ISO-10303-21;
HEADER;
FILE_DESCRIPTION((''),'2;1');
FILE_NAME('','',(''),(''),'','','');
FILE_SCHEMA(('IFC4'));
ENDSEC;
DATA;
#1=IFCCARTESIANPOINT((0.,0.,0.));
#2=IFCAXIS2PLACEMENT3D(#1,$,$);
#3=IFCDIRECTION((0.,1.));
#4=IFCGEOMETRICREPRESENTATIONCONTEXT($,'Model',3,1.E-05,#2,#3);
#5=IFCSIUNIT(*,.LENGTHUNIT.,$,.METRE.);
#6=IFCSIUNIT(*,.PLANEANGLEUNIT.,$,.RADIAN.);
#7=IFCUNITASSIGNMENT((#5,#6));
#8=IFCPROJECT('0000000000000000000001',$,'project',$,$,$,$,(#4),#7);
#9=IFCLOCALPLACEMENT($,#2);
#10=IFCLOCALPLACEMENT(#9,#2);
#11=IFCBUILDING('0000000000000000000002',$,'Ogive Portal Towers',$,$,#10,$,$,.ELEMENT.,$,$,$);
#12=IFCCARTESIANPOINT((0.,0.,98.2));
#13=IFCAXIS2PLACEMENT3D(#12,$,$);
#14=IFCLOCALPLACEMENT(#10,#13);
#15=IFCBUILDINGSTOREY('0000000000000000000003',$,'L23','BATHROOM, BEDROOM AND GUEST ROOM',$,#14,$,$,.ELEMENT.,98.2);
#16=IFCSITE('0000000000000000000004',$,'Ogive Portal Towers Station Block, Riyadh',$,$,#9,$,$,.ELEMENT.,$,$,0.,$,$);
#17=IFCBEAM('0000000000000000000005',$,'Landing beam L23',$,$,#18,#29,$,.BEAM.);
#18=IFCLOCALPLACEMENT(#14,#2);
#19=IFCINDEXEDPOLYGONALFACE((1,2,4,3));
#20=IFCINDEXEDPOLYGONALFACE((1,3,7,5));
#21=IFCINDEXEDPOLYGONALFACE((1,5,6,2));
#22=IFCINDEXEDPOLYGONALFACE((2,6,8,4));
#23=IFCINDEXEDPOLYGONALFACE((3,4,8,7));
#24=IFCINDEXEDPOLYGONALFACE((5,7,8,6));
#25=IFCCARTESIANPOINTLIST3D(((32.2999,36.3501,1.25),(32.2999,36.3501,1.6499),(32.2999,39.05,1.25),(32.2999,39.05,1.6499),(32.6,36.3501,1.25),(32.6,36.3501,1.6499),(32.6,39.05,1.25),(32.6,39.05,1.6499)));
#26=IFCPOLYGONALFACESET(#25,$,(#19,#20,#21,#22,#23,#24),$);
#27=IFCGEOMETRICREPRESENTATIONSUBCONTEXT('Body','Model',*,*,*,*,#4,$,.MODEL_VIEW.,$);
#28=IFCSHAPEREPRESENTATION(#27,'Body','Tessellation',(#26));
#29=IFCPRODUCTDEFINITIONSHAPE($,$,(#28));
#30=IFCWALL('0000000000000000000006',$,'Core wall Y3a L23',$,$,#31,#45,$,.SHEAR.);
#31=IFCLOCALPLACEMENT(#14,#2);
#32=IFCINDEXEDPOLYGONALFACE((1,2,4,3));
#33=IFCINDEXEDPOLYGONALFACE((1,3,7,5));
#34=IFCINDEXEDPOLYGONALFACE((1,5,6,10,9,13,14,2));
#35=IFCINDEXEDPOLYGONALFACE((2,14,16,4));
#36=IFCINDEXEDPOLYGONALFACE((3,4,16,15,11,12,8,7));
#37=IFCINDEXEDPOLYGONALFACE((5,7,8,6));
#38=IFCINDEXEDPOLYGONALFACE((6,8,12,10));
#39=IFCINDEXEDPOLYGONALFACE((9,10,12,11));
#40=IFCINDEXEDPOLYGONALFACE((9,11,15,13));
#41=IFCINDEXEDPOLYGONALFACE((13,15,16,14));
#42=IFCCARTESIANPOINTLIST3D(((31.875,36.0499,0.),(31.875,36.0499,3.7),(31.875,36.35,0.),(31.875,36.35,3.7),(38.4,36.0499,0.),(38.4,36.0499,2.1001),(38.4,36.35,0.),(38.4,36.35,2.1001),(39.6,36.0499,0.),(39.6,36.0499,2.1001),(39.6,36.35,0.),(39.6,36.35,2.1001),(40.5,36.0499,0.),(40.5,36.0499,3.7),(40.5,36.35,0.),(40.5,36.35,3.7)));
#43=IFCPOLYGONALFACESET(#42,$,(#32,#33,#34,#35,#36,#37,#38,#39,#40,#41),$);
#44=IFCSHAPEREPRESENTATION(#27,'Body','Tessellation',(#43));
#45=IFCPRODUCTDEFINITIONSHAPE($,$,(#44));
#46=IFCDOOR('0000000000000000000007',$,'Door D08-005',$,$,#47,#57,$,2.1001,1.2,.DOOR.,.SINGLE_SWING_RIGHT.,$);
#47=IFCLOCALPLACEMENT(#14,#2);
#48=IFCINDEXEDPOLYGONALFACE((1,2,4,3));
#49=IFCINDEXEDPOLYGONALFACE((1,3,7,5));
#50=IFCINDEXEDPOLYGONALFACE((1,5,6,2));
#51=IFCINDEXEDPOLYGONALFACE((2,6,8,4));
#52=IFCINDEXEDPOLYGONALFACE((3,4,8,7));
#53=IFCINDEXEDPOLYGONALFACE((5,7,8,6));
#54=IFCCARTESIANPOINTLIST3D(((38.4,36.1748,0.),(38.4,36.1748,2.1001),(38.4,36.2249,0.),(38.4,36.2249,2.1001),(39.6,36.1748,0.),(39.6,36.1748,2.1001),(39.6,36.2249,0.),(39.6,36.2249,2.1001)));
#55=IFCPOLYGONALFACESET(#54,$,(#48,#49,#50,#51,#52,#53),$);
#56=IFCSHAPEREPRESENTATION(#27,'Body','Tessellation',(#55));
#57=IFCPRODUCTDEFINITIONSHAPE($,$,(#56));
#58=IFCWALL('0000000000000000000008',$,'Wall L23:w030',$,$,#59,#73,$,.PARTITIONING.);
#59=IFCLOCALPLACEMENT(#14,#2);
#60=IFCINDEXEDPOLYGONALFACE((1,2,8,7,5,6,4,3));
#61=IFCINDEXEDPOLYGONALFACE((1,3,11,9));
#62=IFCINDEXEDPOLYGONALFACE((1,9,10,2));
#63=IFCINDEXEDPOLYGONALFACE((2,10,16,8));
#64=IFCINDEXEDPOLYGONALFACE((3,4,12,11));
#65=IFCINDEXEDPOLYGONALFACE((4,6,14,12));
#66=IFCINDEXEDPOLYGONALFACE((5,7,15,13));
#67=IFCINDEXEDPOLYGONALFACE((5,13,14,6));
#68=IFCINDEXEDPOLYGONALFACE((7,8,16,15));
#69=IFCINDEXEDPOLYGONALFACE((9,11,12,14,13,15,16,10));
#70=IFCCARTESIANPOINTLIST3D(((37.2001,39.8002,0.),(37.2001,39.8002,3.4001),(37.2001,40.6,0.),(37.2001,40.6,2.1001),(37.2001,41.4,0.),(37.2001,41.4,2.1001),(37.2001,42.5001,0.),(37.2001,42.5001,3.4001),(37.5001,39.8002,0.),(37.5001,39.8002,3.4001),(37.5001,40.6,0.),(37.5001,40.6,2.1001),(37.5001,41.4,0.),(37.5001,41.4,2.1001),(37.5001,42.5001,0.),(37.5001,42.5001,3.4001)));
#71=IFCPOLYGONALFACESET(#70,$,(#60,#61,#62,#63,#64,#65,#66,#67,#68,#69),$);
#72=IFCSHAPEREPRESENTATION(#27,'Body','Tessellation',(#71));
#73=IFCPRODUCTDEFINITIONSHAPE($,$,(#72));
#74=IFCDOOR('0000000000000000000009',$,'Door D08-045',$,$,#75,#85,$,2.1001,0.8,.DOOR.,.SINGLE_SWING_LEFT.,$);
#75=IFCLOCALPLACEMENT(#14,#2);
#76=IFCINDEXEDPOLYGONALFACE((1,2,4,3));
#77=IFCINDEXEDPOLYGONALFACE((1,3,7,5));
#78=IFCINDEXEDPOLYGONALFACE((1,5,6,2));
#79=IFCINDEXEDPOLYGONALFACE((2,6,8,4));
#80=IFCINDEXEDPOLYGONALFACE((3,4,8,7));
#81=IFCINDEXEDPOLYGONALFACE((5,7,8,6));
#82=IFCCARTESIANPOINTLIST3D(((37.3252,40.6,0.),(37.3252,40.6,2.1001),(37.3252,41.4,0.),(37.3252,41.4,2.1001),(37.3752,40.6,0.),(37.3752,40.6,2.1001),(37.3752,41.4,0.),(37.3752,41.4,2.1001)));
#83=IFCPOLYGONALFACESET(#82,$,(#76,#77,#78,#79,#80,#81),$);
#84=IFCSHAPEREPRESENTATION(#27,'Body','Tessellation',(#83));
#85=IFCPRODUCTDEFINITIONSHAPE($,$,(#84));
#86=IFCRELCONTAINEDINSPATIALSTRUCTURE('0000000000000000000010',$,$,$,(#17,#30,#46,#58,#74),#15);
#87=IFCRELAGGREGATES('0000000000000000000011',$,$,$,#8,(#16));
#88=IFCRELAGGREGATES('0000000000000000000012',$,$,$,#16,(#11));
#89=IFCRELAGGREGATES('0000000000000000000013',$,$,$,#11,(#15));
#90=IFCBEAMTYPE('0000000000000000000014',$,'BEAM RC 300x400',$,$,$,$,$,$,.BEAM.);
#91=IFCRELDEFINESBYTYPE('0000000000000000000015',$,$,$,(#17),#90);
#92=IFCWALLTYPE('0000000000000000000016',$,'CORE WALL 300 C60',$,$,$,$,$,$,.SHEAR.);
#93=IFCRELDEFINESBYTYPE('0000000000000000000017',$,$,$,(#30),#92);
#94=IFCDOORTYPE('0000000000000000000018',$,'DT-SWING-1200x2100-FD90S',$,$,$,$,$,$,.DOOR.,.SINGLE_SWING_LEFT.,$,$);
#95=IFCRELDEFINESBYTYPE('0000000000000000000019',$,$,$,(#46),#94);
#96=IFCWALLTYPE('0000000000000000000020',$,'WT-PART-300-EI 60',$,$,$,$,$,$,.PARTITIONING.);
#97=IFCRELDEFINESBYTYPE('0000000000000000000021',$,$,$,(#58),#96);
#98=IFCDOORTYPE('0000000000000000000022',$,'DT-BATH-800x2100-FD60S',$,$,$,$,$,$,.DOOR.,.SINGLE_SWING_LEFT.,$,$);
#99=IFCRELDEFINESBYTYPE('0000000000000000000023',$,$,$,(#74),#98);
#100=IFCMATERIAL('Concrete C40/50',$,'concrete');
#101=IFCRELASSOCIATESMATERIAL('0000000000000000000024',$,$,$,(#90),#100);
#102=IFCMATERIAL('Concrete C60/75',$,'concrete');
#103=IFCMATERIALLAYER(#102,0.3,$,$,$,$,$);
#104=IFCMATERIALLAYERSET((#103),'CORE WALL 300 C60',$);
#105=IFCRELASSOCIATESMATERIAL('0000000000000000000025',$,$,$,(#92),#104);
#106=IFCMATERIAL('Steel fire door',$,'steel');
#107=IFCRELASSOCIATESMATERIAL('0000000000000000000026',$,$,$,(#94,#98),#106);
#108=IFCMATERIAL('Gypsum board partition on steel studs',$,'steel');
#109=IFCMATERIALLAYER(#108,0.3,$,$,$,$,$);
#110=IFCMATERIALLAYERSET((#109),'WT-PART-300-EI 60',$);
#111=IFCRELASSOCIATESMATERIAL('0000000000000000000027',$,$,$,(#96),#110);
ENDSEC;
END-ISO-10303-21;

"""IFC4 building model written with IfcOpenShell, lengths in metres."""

from ifc_helpers import new_model, si_unit, direction, frame, frame_2d, origin, origin_2d, place, context, subcontext, project, spatial, rectangle, extrude, material, layer, layer_set, material_profile, profile_set, type_object, element, fill, save


model = new_model("IFC4")

# Units and contexts
model_context = context("Model", 3, precision=1e-05, world=origin(), true_north=direction((0.0, 1.0)))
body_context = subcontext(model_context, "Body", "Model", "MODEL_VIEW")
ifc_project = project(units=[si_unit("LENGTHUNIT", "METRE"), si_unit("PLANEANGLEUNIT", "RADIAN")], contexts=[model_context])

# Site, building, storey
site_placement = place(None, origin())
site = spatial("IfcSite", under=ifc_project, at=site_placement, Name="Ogive Portal Towers Station Block, Riyadh", CompositionType="ELEMENT", RefElevation=0.0)
building_placement = place(site_placement, origin())
building = spatial("IfcBuilding", under=site, at=building_placement, Name="Ogive Portal Towers", CompositionType="ELEMENT")
storey_placement = place(building_placement, frame((0.0, 0.0, 98.2)))
storey = spatial("IfcBuildingStorey", under=building, at=storey_placement, Name="L23", Description="BATHROOM, BEDROOM AND GUEST ROOM", CompositionType="ELEMENT", Elevation=98.2)

# Beam
ifc_material_1 = material(Name="Concrete C40/50", Category="concrete")
ifc_material_profile = material_profile(ifc_material_1, rectangle(XDim=0.3, YDim=0.3999, at=origin_2d()), Name="RC 300x400")
ifc_profile_set = profile_set([ifc_material_profile], Name="Concrete C40/50")
beam_type = type_object("IfcBeamType", Name="BEAM RC 300x400", PredefinedType="BEAM", material=ifc_profile_set)
beam_placement = place(storey_placement, frame((32.45, 36.3501, 1.45), z_axis=(0.0, 1.0, 0.0), x_axis=(-1.0, 0.0, 0.0)))
element("IfcBeam", 1, at=beam_placement, inside=storey, type_object=beam_type, Name="Landing beam L23", PredefinedType="BEAM", context=body_context, shape_type="SweptSolid", body=[
    extrude(rectangle(XDim=0.3, YDim=0.3999, at=origin_2d()), origin(), (0.0, 0.0, 1.0), 2.7),
])

# Walls, openings, doors
ifc_material_2 = material(Name="Concrete C60/75", Category="concrete")
ifc_layer_1 = layer(ifc_material_2, 0.3)
ifc_layer_set_1 = layer_set([ifc_layer_1], Name="CORE WALL 300 C60")
wall_type_1 = type_object("IfcWallType", Name="CORE WALL 300 C60", PredefinedType="SHEAR", material=ifc_layer_set_1)
wall_1_placement = place(storey_placement, frame((31.875, 36.2, 0.0), z_axis=(0.0, 0.0, 1.0), x_axis=(1.0, 0.0, 0.0)))
wall_1 = element("IfcWall", 2, at=wall_1_placement, inside=storey, type_object=wall_type_1, Name="Core wall Y3a L23", PredefinedType="SHEAR", context=body_context, shape_type="SweptSolid", body=[
    extrude(rectangle(XDim=8.625, YDim=0.3, at=frame_2d((4.3125, 0.0))), origin(), (0.0, 0.0, 1.0), 3.7),
])
opening_1_placement = place(wall_1_placement, frame((6.5249, 0.0, 0.0)))
opening_1 = element("IfcOpeningElement", 3, at=opening_1_placement, cuts=wall_1, PredefinedType="OPENING", context=body_context, shape_type="SweptSolid", body=[
    extrude(rectangle(XDim=1.2, YDim=2.1001, at=frame_2d((0.6001, 1.05))), frame((0.0, 0.1602, 0.0), z_axis=(0.0, -1.0, 0.0), x_axis=(1.0, 0.0, 0.0)), (0.0, 0.0, 1.0), 0.3201),
])
ifc_material_3 = material(Name="Steel fire door", Category="steel")
door_type_1 = type_object("IfcDoorType", Name="DT-SWING-1200x2100-FD90S", OperationType="SINGLE_SWING_LEFT", PredefinedType="DOOR", material=ifc_material_3)
door_1_placement = place(opening_1_placement, origin())
door_1 = element("IfcDoor", 4, at=door_1_placement, inside=storey, type_object=door_type_1, Name="Door D08-005", OperationType="SINGLE_SWING_RIGHT", OverallHeight=2.1001, OverallWidth=1.2, PredefinedType="DOOR", context=body_context, shape_type="SweptSolid", body=[
    extrude(rectangle(XDim=1.2, YDim=2.1001, at=frame_2d((0.6001, 1.05))), frame((0.0, 0.0249, 0.0), z_axis=(0.0, -1.0, 0.0), x_axis=(1.0, 0.0, 0.0)), (0.0, 0.0, 1.0), 0.05),
])
fill(opening_1, door_1)
ifc_material_4 = material(Name="Gypsum board partition on steel studs", Category="steel")
ifc_layer_2 = layer(ifc_material_4, 0.3)
ifc_layer_set_2 = layer_set([ifc_layer_2], Name="WT-PART-300-EI 60")
wall_type_2 = type_object("IfcWallType", Name="WT-PART-300-EI 60", PredefinedType="PARTITIONING", material=ifc_layer_set_2)
wall_2_placement = place(storey_placement, frame((37.3501, 39.8, 0.0), z_axis=(0.0, 0.0, 1.0), x_axis=(0.0, 1.0, 0.0)))
wall_2 = element("IfcWall", 5, at=wall_2_placement, inside=storey, type_object=wall_type_2, Name="Wall L23:w030", PredefinedType="PARTITIONING", context=body_context, shape_type="SweptSolid", body=[
    extrude(rectangle(XDim=2.7, YDim=0.3, at=frame_2d((1.3501, 0.0))), origin(), (0.0, 0.0, 1.0), 3.4001),
])
opening_2_placement = place(wall_2_placement, frame((0.8, 0.0, 0.0)))
opening_2 = element("IfcOpeningElement", 6, at=opening_2_placement, cuts=wall_2, PredefinedType="OPENING", context=body_context, shape_type="SweptSolid", body=[
    extrude(rectangle(XDim=0.8, YDim=2.1001, at=frame_2d((0.3999, 1.05))), frame((0.0, 0.1602, 0.0), z_axis=(0.0, -1.0, 0.0), x_axis=(1.0, 0.0, 0.0)), (0.0, 0.0, 1.0), 0.3201),
])
door_type_2 = type_object("IfcDoorType", Name="DT-BATH-800x2100-FD60S", OperationType="SINGLE_SWING_LEFT", PredefinedType="DOOR", material=ifc_material_3)
door_2_placement = place(opening_2_placement, origin())
door_2 = element("IfcDoor", 7, at=door_2_placement, inside=storey, type_object=door_type_2, Name="Door D08-045", OperationType="SINGLE_SWING_LEFT", OverallHeight=2.1001, OverallWidth=0.8, PredefinedType="DOOR", context=body_context, shape_type="SweptSolid", body=[
    extrude(rectangle(XDim=0.8, YDim=2.1001, at=frame_2d((0.3999, 1.05))), frame((0.0, 0.0249, 0.0), z_axis=(0.0, -1.0, 0.0), x_axis=(1.0, 0.0, 0.0)), (0.0, 0.0, 1.0), 0.05),
])
fill(opening_2, door_2)

save(model, "model.ifc")
